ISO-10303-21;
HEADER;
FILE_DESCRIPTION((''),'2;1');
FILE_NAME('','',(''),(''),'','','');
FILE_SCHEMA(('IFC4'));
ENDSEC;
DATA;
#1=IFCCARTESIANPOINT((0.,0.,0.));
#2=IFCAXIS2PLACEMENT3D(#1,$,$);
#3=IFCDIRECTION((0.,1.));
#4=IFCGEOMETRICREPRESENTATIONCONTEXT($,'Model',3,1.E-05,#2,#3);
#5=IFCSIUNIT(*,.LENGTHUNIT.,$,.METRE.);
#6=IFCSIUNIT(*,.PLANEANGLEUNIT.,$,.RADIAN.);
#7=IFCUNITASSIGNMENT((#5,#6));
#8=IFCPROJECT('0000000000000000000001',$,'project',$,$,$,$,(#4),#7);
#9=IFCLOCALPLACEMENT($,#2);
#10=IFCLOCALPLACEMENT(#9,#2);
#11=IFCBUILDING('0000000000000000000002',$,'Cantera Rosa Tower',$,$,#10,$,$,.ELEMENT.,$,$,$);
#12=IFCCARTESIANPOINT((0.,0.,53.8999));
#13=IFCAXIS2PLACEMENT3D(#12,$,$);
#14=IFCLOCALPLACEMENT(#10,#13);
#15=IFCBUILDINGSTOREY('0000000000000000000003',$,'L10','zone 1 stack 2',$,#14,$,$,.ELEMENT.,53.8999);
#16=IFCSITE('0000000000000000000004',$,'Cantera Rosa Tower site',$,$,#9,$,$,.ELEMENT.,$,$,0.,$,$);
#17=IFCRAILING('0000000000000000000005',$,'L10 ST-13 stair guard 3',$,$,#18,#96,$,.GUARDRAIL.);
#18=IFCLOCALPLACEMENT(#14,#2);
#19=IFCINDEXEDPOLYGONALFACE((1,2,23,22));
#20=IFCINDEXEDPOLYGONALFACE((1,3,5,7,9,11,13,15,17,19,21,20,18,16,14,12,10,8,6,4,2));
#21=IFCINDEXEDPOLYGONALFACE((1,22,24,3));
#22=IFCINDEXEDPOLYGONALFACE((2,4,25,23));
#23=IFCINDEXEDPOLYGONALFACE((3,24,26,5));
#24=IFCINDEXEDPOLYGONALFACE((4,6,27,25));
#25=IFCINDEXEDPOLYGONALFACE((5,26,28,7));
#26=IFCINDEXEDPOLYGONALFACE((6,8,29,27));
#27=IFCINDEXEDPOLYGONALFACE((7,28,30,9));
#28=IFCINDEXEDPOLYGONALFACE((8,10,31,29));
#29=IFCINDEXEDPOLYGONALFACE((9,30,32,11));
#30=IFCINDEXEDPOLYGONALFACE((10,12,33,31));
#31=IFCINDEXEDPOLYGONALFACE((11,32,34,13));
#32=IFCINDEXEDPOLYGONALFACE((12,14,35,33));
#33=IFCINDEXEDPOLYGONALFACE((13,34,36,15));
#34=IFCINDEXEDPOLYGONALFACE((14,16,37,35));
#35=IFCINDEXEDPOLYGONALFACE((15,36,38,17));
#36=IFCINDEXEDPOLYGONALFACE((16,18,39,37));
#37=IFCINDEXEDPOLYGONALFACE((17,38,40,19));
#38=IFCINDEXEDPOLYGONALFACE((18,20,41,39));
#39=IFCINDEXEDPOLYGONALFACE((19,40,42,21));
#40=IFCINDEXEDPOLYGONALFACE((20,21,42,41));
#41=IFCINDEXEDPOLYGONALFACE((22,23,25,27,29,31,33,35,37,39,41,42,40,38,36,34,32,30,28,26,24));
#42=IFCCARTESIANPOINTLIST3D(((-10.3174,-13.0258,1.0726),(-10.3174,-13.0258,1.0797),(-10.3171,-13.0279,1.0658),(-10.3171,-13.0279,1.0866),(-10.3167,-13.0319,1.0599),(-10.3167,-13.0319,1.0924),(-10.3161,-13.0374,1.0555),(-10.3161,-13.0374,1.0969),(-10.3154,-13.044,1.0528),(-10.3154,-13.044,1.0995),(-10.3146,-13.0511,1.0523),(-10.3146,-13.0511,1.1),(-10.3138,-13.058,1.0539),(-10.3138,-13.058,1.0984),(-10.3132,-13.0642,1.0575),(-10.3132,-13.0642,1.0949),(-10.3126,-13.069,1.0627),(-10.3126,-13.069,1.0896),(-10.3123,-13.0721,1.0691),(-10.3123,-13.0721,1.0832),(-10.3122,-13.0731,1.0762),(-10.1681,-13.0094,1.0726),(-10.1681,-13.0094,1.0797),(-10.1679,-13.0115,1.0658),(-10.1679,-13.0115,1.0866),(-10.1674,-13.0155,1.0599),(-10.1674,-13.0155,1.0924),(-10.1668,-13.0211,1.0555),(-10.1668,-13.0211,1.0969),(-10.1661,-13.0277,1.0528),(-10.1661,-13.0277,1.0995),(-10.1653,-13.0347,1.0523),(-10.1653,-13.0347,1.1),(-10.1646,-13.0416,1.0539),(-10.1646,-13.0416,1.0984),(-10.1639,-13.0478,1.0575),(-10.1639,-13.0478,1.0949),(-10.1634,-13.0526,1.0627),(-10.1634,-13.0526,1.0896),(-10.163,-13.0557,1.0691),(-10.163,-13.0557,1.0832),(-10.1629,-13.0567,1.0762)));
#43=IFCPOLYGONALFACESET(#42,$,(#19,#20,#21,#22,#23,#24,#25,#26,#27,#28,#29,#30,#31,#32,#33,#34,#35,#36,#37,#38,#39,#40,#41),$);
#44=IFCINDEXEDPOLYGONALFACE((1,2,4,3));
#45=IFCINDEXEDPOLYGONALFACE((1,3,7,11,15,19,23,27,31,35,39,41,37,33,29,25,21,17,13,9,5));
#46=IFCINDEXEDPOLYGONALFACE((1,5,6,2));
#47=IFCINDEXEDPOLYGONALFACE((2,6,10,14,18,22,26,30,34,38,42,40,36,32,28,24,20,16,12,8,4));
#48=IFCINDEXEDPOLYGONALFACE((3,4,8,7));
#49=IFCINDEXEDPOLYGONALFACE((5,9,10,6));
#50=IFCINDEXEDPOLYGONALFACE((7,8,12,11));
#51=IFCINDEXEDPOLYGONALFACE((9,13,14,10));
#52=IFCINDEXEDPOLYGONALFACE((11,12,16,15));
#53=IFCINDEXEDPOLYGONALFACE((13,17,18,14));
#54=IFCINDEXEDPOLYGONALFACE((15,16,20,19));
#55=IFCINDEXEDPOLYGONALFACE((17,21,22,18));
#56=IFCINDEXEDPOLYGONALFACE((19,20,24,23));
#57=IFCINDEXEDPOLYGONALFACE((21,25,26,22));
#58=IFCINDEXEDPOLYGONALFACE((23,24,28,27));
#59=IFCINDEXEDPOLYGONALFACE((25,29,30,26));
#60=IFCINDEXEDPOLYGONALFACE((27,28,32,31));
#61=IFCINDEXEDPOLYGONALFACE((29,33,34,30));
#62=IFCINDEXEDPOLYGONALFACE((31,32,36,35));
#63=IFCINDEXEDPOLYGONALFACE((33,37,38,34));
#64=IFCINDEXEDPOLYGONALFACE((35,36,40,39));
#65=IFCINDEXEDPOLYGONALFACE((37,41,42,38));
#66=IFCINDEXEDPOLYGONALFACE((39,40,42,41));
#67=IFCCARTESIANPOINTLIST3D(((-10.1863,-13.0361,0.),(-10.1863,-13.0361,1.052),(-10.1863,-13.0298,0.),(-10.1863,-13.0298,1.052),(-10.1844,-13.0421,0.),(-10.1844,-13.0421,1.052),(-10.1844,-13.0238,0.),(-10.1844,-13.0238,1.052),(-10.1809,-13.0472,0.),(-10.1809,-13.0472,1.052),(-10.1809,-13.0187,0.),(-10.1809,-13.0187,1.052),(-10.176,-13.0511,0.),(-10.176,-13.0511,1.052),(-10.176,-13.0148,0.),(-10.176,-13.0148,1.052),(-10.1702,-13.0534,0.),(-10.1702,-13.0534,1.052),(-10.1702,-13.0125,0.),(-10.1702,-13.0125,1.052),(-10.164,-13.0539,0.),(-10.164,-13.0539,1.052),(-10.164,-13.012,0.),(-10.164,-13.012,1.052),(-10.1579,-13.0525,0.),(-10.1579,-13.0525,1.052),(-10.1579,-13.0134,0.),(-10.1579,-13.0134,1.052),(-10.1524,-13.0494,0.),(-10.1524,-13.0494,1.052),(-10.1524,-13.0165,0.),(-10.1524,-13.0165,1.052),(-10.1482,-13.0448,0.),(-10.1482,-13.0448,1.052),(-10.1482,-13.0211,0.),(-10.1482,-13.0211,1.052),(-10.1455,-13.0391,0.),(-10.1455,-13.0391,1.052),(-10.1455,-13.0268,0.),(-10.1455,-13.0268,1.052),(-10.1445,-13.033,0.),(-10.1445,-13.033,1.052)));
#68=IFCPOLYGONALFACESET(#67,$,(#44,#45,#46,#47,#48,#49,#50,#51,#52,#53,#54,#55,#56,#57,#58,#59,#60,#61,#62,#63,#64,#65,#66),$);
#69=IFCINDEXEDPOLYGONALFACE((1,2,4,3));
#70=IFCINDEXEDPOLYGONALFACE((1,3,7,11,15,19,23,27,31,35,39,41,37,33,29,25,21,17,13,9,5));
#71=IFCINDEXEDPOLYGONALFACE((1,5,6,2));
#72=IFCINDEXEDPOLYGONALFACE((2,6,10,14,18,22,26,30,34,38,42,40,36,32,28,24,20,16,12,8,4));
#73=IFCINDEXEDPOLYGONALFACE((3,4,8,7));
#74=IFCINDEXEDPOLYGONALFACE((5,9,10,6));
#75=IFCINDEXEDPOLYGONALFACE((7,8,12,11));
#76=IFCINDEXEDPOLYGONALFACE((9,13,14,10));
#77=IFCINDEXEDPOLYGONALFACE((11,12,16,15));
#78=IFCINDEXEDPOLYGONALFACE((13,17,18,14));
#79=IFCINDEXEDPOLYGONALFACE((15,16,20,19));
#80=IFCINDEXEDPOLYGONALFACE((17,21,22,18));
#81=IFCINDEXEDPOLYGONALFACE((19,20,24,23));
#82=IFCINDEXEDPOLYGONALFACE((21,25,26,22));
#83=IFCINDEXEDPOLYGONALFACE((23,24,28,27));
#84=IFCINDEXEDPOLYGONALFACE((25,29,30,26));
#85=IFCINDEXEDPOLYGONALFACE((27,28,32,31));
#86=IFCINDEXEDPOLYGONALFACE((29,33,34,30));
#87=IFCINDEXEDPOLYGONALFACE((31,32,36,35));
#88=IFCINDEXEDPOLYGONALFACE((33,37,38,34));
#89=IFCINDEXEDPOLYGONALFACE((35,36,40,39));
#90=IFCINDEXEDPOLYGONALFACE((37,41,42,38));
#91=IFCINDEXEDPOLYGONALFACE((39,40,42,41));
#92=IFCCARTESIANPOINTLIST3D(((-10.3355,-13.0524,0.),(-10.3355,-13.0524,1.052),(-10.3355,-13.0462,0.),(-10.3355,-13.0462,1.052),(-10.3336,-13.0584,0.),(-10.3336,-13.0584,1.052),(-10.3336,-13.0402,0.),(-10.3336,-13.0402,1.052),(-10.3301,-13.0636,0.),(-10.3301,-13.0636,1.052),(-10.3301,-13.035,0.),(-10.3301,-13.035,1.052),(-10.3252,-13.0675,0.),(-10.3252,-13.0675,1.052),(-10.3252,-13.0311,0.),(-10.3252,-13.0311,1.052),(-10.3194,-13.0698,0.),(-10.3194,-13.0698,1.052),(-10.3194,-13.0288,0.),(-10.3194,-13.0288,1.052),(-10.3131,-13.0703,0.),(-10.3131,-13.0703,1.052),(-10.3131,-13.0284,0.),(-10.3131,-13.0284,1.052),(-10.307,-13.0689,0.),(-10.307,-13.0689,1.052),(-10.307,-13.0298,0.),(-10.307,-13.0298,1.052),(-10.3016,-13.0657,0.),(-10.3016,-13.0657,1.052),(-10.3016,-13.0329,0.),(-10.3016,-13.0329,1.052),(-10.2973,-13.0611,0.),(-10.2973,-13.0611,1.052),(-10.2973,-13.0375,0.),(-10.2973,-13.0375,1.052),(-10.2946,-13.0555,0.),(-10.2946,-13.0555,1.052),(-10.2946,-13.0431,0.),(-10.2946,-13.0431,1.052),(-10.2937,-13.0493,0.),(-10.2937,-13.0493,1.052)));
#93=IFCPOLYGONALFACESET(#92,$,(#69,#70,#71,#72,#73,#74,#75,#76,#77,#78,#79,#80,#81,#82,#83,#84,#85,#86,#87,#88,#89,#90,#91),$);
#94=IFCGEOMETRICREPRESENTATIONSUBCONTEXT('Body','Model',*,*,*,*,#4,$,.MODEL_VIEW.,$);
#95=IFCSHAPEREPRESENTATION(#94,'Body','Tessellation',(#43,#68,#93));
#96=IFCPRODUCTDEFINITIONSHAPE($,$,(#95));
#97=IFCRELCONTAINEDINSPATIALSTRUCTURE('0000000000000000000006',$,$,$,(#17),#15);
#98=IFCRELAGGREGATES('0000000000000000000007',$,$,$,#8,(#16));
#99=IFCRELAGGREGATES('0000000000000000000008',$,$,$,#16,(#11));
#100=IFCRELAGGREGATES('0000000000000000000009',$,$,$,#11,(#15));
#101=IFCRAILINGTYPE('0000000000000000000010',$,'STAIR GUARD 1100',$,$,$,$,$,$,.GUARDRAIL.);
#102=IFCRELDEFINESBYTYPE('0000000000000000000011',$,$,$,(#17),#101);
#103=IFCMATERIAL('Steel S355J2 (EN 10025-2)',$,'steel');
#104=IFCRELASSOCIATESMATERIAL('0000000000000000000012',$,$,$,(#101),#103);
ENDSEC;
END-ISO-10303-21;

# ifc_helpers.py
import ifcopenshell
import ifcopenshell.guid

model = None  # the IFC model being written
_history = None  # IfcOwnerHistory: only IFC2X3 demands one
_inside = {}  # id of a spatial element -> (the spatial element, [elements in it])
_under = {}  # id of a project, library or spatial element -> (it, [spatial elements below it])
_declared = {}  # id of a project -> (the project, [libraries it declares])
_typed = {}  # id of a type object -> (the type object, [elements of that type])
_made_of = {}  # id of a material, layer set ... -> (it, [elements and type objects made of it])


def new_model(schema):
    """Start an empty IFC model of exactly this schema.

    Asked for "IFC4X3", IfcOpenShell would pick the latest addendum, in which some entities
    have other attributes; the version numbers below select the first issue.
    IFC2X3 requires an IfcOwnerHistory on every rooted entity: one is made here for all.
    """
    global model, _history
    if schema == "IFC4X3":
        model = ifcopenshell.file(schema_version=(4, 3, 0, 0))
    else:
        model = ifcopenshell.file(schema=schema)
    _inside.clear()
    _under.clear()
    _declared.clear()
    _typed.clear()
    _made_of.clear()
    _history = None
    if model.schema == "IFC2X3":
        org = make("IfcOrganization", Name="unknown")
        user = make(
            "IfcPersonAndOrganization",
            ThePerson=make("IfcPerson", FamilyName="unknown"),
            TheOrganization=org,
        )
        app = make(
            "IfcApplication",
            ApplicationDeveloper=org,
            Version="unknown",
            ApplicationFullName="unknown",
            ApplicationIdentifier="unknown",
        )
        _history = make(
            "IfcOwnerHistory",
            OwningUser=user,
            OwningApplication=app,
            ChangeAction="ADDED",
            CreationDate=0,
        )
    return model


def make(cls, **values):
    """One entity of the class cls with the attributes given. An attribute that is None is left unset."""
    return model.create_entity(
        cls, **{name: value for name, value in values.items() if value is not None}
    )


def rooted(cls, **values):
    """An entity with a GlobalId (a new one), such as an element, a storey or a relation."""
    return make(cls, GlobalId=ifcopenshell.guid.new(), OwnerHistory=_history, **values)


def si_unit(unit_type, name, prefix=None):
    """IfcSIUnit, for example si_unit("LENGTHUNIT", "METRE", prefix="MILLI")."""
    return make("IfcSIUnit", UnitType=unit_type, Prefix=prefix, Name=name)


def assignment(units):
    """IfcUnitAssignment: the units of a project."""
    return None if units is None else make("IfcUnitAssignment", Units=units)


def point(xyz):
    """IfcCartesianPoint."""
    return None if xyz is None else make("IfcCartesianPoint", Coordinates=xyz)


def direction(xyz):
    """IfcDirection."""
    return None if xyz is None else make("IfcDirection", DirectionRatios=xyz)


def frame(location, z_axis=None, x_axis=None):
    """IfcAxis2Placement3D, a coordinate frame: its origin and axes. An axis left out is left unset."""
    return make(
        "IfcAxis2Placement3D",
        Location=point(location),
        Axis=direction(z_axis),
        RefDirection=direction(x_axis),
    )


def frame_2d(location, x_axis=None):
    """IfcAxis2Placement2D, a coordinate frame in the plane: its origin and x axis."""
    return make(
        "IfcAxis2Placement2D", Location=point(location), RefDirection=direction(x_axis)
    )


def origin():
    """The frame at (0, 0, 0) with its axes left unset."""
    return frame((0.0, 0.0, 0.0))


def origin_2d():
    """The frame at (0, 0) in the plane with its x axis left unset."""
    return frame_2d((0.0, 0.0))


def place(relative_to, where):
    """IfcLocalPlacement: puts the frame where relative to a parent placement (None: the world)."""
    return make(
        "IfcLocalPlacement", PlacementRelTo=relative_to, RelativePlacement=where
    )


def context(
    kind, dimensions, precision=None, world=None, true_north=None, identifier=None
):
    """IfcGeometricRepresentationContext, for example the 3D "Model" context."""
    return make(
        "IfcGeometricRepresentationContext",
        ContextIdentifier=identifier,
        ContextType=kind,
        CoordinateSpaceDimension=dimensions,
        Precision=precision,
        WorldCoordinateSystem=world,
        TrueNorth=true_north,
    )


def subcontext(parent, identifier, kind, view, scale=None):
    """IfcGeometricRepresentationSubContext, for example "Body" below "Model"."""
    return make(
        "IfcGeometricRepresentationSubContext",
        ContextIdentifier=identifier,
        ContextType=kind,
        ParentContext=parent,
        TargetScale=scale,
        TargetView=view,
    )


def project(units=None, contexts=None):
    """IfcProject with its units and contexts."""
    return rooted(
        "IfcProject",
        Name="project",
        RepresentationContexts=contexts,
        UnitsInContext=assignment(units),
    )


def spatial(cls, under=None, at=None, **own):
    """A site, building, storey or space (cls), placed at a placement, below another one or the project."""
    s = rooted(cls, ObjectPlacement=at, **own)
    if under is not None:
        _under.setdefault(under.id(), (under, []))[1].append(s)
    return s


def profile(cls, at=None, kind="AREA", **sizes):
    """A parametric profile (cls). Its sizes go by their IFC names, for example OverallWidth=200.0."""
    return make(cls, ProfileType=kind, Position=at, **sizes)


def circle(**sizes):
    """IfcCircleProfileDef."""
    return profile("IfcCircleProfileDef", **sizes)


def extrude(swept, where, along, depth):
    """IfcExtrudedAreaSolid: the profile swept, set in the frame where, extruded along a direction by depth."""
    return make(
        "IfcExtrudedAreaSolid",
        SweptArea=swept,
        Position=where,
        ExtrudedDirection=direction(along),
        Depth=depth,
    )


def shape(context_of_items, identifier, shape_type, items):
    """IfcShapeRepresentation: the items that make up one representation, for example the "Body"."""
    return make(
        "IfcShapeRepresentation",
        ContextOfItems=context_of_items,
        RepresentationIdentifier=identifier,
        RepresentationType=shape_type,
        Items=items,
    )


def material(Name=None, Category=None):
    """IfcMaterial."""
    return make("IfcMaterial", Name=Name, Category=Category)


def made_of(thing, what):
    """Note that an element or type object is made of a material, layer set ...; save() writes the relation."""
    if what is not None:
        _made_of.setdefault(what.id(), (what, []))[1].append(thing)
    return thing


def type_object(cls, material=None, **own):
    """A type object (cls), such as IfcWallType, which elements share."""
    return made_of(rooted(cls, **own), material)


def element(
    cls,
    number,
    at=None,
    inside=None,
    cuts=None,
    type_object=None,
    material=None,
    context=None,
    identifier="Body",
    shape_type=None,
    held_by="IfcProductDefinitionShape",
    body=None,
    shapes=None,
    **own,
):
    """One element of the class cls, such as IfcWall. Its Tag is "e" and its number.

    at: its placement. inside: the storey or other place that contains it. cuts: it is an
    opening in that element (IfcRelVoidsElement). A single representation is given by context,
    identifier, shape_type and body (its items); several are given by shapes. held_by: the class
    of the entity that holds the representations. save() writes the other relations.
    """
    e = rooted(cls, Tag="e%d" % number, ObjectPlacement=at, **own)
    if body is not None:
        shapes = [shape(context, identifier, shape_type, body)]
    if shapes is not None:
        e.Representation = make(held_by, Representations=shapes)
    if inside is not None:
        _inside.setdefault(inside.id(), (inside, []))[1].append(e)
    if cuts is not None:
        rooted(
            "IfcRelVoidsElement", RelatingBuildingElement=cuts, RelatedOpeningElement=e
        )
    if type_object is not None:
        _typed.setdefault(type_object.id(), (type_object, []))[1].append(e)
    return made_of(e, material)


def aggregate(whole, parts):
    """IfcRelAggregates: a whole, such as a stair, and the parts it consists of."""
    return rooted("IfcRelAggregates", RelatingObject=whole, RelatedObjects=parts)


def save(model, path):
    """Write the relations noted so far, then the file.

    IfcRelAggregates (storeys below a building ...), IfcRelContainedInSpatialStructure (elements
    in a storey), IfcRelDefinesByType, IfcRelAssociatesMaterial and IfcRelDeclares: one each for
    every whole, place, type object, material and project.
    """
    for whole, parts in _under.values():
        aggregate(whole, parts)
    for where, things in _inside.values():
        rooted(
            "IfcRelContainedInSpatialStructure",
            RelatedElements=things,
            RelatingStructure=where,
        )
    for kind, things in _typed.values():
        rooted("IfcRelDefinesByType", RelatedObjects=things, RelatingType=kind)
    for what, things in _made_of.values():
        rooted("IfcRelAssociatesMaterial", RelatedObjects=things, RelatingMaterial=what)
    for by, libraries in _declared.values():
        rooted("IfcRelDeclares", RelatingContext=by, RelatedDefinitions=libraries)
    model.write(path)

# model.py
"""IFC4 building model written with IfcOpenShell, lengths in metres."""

from ifc_helpers import new_model, si_unit, direction, frame, origin, origin_2d, place, context, subcontext, project, spatial, circle, extrude, material, type_object, element, save


model = new_model("IFC4")

# Units and contexts
model_context = context("Model", 3, precision=1e-05, world=origin(), true_north=direction((0.0, 1.0)))
body_context = subcontext(model_context, "Body", "Model", "MODEL_VIEW")
ifc_project = project(units=[si_unit("LENGTHUNIT", "METRE"), si_unit("PLANEANGLEUNIT", "RADIAN")], contexts=[model_context])

# Site, building, storey
site_placement = place(None, origin())
site = spatial("IfcSite", under=ifc_project, at=site_placement, Name="Cantera Rosa Tower site", CompositionType="ELEMENT", RefElevation=0.0)
building_placement = place(site_placement, origin())
building = spatial("IfcBuilding", under=site, at=building_placement, Name="Cantera Rosa Tower", CompositionType="ELEMENT")
storey_placement = place(building_placement, frame((0.0, 0.0, 53.8999)))
storey = spatial("IfcBuildingStorey", under=building, at=storey_placement, Name="L10", Description="zone 1 stack 2", CompositionType="ELEMENT", Elevation=53.8999)

# Railing
ifc_material_1 = material(Name="Steel S355J2 (EN 10025-2)", Category="steel")
railing_type = type_object("IfcRailingType", Name="STAIR GUARD 1100", PredefinedType="GUARDRAIL", material=ifc_material_1)
railing_placement = place(storey_placement, frame((-10.1655, -13.033, 0.0)))
element("IfcRailing", 1, at=railing_placement, inside=storey, type_object=railing_type, Name="L10 ST-13 stair guard 3", PredefinedType="GUARDRAIL", context=body_context, shape_type="SweptSolid", body=[
    extrude(circle(Radius=0.0239, at=origin_2d()), frame((0.0, 0.0, 1.0762), z_axis=(-0.994041, -0.109003, 0.0), x_axis=(0.109003, -0.994041, 0.0)), (0.0, 0.0, 1.0), 0.1501),
    extrude(circle(Radius=0.021, at=origin_2d()), origin(), (0.0, 0.0, 1.0), 1.052),
    extrude(circle(Radius=0.021, at=origin_2d()), frame((-0.1492, -0.0164, 0.0)), (0.0, 0.0, 1.0), 1.052),
])

save(model, "model.ifc")
